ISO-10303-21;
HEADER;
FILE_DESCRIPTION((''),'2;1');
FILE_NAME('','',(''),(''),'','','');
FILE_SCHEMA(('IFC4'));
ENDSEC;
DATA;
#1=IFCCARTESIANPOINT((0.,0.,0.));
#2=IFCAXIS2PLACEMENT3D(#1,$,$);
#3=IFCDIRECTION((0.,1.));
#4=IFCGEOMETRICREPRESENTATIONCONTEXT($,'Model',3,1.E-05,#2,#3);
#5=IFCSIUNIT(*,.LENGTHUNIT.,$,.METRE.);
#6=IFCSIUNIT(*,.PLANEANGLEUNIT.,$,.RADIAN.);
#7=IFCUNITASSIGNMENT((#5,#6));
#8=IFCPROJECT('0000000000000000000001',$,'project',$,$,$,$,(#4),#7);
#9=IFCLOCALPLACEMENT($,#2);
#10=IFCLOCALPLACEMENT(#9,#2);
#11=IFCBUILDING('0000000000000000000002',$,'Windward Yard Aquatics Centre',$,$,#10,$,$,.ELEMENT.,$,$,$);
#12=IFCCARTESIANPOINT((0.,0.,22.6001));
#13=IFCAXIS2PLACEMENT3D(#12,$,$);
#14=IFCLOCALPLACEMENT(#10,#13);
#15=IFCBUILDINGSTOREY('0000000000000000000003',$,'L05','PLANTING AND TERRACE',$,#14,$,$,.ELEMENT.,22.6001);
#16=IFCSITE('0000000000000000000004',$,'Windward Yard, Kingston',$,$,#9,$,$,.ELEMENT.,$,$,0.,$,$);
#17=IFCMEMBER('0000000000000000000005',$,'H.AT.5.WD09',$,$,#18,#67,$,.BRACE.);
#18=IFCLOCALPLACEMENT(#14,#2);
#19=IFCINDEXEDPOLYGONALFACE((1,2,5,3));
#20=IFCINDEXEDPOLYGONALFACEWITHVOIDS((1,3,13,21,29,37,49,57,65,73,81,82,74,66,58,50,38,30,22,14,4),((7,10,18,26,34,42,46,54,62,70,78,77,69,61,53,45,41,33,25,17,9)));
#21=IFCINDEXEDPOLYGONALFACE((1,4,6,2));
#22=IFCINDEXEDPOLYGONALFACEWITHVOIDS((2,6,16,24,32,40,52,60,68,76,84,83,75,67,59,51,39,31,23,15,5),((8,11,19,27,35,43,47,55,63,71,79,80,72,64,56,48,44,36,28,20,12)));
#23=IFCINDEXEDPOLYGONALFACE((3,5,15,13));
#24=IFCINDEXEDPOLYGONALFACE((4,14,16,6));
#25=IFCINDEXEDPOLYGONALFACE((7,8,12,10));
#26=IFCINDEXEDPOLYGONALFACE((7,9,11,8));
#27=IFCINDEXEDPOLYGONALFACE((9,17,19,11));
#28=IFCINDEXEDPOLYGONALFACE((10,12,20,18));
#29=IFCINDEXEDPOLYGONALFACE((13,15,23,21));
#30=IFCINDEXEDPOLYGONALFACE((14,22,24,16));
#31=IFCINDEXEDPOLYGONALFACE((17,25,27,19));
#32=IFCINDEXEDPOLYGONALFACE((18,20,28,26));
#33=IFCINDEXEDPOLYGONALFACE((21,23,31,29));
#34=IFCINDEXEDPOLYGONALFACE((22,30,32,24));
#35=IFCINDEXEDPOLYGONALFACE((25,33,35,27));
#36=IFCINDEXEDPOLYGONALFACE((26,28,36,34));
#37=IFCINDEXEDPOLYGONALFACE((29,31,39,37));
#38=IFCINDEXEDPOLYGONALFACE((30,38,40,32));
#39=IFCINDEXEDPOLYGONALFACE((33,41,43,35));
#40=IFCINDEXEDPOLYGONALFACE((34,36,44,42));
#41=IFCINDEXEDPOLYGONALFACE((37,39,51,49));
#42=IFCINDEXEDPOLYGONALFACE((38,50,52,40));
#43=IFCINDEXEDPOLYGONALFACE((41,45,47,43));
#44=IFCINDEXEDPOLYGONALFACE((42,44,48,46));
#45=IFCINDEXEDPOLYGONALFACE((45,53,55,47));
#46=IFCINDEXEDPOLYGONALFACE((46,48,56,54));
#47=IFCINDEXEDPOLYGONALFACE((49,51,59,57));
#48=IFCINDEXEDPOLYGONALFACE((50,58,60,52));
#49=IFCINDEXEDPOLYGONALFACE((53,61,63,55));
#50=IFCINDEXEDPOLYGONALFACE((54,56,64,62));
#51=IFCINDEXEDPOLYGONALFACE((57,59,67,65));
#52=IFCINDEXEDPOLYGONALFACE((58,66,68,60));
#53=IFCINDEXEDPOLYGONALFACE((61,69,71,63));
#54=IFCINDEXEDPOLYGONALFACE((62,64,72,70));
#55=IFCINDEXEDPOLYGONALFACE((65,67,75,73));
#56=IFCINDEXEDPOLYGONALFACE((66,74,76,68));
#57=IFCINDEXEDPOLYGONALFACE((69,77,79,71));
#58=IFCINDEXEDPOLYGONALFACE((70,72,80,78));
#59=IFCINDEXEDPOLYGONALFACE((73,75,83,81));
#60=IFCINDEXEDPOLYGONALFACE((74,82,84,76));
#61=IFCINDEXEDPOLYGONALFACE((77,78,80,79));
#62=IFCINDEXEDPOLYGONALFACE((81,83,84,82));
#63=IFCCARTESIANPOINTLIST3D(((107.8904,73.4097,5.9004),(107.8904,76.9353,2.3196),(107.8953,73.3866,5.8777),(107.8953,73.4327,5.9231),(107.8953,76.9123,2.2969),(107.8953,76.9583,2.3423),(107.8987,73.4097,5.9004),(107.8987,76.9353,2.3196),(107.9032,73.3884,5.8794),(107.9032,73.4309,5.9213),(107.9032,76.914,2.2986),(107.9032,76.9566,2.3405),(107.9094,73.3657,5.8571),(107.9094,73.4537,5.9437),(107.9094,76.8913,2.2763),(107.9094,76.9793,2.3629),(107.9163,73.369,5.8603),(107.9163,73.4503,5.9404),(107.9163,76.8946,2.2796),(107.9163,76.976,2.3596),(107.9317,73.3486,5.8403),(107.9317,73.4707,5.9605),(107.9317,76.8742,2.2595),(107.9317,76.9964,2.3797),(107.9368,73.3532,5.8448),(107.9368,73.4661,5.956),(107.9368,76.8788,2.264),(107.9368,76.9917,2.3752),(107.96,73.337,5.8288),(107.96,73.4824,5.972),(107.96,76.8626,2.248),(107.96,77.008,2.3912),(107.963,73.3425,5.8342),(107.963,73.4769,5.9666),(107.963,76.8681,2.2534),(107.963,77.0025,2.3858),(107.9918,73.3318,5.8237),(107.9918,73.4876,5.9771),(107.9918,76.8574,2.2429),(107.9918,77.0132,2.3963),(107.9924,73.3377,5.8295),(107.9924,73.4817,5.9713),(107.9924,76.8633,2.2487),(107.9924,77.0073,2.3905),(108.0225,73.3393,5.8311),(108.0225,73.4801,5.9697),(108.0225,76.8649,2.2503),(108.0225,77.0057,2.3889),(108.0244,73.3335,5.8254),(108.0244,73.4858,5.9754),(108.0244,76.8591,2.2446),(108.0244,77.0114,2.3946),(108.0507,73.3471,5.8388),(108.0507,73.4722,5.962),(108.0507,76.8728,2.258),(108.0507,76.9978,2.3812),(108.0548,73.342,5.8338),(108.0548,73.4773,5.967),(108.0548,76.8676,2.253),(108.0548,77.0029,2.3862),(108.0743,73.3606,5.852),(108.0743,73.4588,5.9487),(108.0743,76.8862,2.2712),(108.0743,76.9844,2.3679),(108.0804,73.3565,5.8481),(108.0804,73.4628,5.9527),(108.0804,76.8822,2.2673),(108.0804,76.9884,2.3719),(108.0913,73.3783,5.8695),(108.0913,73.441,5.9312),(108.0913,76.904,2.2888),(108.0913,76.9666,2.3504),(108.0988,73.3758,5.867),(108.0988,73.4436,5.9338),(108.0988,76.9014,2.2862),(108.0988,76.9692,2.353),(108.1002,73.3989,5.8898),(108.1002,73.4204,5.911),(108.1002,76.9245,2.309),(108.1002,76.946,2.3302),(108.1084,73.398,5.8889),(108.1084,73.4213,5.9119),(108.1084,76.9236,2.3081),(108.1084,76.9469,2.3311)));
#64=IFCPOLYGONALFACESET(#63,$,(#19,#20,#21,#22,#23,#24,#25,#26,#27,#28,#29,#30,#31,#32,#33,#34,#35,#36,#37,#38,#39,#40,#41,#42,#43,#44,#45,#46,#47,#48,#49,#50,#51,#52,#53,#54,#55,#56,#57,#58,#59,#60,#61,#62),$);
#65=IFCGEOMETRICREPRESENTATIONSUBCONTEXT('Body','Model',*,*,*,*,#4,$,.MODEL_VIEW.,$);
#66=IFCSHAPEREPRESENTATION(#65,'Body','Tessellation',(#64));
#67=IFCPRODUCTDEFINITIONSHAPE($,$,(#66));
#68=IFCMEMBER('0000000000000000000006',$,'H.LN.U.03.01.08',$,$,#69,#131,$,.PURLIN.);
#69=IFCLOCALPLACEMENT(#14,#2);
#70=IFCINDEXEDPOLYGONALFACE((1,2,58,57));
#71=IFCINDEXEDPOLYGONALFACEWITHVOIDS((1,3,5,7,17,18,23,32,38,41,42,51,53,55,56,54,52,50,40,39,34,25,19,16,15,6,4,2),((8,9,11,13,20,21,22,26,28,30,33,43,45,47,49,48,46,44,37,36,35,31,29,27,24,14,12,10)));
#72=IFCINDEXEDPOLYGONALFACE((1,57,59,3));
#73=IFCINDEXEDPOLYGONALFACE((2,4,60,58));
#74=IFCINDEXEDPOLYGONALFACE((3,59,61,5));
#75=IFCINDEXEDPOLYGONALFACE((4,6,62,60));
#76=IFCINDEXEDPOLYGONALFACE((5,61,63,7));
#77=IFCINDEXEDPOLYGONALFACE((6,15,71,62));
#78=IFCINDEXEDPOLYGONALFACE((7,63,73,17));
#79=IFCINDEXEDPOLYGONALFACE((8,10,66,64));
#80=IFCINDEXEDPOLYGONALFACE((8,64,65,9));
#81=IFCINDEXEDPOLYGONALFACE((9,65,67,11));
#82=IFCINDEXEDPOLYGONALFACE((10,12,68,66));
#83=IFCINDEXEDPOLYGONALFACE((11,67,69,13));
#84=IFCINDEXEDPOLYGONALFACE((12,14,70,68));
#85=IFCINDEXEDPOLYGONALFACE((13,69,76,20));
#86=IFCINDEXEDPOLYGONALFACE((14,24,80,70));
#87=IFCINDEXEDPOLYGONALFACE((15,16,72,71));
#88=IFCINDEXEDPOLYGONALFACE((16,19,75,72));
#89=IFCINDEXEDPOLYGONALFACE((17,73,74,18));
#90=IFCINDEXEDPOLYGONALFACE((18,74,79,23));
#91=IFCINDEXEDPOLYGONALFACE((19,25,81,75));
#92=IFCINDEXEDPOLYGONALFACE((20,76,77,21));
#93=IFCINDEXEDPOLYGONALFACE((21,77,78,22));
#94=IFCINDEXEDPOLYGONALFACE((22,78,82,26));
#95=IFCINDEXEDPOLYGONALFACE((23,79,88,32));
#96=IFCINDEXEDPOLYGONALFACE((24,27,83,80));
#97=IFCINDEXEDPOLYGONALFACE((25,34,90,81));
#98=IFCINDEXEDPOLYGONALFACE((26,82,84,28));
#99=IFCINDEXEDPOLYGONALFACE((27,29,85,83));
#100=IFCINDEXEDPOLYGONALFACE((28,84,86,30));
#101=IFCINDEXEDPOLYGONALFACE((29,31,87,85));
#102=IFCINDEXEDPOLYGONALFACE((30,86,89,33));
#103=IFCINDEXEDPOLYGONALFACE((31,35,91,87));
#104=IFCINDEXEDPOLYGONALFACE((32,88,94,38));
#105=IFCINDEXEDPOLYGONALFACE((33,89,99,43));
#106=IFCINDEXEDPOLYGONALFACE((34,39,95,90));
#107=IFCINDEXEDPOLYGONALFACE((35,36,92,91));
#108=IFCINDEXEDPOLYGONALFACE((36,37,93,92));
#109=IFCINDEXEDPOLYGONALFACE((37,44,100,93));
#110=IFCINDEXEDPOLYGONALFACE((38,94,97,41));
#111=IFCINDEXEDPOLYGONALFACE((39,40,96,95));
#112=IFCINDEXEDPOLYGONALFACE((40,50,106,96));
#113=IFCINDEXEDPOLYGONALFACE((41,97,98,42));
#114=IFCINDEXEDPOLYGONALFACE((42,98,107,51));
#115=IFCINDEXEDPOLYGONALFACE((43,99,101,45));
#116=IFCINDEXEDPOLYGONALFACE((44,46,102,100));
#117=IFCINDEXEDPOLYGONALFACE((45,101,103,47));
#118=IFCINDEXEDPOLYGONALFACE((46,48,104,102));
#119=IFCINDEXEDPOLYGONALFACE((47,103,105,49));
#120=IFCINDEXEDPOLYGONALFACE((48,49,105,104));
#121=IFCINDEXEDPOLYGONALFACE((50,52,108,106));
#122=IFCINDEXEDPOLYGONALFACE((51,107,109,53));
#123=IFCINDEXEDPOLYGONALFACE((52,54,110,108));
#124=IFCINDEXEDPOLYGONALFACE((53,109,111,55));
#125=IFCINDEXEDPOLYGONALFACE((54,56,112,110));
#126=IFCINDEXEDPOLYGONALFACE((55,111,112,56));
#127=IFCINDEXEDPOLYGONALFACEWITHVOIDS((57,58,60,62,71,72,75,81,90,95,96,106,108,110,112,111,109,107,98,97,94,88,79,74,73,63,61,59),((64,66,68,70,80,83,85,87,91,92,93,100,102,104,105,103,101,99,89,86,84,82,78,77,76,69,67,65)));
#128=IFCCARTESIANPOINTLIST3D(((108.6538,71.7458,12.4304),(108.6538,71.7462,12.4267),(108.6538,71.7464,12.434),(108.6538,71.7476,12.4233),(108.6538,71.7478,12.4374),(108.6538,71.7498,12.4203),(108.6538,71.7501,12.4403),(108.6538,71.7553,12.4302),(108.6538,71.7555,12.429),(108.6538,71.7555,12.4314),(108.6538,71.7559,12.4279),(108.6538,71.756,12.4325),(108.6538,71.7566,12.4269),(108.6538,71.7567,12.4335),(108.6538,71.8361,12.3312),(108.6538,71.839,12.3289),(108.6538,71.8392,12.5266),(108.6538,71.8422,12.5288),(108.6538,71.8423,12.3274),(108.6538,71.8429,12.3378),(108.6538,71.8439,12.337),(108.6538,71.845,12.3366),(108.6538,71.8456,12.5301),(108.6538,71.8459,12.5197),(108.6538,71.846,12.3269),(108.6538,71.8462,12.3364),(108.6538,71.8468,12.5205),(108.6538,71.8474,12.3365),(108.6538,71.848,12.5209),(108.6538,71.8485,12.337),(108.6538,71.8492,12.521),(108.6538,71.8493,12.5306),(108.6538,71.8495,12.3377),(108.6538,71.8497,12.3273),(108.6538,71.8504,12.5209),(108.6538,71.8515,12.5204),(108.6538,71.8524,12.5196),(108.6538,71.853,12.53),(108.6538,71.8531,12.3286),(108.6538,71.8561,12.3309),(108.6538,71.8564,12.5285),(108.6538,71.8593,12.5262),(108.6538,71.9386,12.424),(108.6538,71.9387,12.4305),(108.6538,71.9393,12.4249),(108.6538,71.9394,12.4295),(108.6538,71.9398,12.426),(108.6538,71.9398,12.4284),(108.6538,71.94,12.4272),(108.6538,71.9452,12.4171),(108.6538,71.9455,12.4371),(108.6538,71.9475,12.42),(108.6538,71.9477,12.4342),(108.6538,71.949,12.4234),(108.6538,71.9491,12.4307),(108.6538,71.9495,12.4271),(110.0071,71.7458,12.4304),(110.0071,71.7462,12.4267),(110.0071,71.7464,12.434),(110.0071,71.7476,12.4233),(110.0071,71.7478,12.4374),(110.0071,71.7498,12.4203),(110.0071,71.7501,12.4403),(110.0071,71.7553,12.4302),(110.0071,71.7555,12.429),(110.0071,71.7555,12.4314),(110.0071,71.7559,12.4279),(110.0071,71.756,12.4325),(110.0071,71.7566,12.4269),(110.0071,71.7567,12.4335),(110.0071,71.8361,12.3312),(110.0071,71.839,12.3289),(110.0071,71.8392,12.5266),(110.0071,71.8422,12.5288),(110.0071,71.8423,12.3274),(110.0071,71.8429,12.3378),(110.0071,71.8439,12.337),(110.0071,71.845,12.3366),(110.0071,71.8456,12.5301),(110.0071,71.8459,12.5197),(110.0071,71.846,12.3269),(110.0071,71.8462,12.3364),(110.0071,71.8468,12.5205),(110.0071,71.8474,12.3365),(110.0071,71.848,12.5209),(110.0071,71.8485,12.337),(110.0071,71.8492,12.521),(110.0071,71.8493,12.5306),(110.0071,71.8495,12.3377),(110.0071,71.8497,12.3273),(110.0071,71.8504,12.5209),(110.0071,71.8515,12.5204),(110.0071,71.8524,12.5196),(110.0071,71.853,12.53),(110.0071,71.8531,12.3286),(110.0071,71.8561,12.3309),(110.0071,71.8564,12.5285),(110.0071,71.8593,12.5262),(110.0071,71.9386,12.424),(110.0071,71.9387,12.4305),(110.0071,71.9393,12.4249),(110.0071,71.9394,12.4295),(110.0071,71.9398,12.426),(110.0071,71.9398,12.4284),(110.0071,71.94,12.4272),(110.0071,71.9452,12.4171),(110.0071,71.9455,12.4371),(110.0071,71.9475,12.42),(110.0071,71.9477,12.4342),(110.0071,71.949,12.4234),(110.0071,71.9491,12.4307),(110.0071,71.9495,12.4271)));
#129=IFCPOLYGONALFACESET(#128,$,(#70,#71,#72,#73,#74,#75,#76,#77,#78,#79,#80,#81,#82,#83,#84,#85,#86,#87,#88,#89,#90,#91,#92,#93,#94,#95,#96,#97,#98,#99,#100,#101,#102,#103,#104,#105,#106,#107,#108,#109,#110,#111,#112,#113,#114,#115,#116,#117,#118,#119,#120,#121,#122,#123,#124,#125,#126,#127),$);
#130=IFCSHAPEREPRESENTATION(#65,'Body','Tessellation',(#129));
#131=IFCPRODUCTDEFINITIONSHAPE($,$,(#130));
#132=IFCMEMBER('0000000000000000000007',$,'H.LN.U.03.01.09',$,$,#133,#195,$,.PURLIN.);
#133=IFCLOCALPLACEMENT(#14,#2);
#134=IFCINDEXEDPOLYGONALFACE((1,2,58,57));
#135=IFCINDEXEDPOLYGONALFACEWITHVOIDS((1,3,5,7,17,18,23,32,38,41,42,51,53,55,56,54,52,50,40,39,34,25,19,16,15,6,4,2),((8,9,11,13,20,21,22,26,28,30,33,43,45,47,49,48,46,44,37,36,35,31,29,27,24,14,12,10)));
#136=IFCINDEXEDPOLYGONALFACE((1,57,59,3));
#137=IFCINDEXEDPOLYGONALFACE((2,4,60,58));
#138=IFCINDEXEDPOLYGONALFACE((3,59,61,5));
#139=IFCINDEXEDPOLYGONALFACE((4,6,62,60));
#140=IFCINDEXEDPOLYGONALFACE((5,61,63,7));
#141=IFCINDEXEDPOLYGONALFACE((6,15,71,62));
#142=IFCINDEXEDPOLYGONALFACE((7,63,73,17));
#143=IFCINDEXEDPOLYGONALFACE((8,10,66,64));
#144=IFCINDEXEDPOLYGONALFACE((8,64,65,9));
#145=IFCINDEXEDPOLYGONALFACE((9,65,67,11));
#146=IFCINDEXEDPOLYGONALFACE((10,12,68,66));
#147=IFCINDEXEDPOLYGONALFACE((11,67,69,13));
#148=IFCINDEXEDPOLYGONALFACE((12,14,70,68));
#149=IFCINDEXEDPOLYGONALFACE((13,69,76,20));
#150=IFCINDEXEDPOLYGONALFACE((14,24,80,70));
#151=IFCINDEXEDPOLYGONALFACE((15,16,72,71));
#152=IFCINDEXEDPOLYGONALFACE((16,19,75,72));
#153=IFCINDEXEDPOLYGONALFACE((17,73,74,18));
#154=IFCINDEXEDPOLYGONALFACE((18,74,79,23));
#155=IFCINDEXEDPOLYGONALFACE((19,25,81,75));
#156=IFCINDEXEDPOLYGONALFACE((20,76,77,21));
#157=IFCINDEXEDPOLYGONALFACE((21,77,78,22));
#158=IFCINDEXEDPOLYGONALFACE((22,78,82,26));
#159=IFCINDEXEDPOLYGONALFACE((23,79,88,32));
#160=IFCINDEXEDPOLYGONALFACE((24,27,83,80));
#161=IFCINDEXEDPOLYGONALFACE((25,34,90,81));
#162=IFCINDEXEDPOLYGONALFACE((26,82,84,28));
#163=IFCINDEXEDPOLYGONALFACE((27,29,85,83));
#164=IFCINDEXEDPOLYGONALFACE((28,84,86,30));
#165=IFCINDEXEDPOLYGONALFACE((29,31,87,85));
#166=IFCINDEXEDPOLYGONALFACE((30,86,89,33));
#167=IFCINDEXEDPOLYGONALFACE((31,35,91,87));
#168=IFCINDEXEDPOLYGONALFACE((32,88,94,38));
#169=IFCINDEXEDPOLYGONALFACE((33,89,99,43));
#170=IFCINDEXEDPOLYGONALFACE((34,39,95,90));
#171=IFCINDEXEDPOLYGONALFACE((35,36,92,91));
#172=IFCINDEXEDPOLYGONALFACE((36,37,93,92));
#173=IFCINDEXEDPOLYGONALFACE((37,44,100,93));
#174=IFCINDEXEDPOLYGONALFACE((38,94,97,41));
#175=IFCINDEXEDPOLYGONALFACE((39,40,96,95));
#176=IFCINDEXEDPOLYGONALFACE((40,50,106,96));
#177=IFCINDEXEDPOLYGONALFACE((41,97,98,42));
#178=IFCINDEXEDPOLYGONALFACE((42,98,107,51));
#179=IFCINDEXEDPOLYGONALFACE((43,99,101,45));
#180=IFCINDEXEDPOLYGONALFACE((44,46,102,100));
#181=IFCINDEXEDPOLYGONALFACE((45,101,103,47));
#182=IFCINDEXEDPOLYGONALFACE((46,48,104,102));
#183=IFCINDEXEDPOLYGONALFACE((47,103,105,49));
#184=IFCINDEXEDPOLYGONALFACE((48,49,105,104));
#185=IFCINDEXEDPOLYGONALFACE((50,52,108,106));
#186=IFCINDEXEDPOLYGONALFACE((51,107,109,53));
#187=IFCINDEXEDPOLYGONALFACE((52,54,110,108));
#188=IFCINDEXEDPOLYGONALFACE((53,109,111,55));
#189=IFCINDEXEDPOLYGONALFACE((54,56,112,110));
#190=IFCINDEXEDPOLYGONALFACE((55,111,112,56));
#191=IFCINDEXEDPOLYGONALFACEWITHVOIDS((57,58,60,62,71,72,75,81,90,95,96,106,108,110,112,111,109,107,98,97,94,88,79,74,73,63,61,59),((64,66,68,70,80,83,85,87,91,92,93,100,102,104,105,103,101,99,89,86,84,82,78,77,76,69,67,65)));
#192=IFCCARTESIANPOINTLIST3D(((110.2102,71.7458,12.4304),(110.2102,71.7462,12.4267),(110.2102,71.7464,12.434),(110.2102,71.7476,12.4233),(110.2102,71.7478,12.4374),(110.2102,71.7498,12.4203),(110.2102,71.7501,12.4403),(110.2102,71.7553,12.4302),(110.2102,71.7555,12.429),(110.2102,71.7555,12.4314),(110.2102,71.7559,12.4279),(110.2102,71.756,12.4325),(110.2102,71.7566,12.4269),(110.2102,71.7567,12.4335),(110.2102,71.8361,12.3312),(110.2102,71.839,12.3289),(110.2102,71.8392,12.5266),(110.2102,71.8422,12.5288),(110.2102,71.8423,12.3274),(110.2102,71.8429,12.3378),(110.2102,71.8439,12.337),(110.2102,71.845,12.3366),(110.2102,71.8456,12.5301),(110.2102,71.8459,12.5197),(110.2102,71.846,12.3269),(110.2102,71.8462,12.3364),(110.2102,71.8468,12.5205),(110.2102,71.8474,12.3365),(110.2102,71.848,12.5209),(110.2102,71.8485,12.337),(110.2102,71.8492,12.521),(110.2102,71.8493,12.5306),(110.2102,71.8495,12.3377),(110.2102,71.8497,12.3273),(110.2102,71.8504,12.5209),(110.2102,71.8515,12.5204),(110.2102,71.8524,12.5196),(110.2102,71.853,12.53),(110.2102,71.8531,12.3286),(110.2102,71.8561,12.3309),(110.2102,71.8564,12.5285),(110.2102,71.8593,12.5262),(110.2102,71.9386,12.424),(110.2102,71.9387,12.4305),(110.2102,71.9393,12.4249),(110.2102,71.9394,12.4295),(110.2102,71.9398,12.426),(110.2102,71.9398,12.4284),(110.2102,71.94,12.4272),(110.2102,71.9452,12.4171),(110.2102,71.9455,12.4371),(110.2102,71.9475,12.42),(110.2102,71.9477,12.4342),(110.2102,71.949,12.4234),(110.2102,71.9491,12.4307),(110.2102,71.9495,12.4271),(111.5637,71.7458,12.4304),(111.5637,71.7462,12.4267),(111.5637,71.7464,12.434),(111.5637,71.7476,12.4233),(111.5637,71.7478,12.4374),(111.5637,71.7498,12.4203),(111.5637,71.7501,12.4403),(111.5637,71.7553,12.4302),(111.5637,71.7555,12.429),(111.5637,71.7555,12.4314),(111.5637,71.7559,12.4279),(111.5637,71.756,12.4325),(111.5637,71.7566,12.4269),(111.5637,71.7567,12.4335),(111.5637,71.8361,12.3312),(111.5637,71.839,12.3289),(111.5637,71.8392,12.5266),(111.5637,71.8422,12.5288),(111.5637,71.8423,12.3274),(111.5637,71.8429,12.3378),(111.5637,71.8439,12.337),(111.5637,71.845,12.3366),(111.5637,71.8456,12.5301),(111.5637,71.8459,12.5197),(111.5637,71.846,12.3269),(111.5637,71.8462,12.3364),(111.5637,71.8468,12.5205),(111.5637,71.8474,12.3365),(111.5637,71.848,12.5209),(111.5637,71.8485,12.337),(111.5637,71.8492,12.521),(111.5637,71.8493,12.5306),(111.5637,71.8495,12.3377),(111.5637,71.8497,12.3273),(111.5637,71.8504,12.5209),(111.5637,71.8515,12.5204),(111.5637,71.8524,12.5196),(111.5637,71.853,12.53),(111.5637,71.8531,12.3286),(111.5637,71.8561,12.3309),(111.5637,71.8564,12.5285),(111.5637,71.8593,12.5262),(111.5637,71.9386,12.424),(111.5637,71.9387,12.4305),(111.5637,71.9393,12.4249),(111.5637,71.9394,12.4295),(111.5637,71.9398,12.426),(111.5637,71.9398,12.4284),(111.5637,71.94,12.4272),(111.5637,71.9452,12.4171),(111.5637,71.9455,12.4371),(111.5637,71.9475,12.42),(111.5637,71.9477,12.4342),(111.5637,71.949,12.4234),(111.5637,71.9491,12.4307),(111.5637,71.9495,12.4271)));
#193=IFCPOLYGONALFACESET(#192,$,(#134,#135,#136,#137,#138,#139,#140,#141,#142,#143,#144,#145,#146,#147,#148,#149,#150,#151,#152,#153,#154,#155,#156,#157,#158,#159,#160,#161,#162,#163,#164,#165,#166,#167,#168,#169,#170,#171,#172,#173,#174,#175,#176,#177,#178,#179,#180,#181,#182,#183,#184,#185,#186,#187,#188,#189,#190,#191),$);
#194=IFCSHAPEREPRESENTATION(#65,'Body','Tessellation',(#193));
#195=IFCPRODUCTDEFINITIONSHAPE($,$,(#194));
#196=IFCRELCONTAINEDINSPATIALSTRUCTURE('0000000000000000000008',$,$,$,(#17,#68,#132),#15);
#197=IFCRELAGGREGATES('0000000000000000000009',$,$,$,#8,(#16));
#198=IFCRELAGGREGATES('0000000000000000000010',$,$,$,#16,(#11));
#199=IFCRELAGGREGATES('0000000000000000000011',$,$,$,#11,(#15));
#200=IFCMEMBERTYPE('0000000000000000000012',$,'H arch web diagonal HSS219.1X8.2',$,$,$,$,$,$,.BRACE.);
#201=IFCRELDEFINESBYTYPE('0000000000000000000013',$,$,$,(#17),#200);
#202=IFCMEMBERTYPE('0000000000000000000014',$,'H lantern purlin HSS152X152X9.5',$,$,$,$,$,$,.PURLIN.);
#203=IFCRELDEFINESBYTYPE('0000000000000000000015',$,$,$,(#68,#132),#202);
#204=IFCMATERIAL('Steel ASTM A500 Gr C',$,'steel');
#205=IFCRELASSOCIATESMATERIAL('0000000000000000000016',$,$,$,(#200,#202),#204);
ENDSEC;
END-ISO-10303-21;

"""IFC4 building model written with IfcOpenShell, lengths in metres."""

from ifc_helpers import new_model, si_unit, direction, frame, origin, origin_2d, place, context, subcontext, project, spatial, hollow_rectangle, hollow_circle, extrude, material, material_profile, profile_set, type_object, element, save


model = new_model("IFC4")

# Units and contexts
model_context = context("Model", 3, precision=1e-05, world=origin(), true_north=direction((0.0, 1.0)))
body_context = subcontext(model_context, "Body", "Model", "MODEL_VIEW")
ifc_project = project(units=[si_unit("LENGTHUNIT", "METRE"), si_unit("PLANEANGLEUNIT", "RADIAN")], contexts=[model_context])

# Site, building, storey
site_placement = place(None, origin())
site = spatial("IfcSite", under=ifc_project, at=site_placement, Name="Windward Yard, Kingston", CompositionType="ELEMENT", RefElevation=0.0)
building_placement = place(site_placement, origin())
building = spatial("IfcBuilding", under=site, at=building_placement, Name="Windward Yard Aquatics Centre", CompositionType="ELEMENT")
storey_placement = place(building_placement, frame((0.0, 0.0, 22.6001)))
storey = spatial("IfcBuildingStorey", under=building, at=storey_placement, Name="L05", Description="PLANTING AND TERRACE", CompositionType="ELEMENT", Elevation=22.6001)

# Members
ifc_material_1 = material(Name="Steel ASTM A500 Gr C", Category="steel")
ifc_material_profile_1 = material_profile(ifc_material_1, hollow_circle(Radius=0.1096, WallThickness=0.0083, at=origin_2d()), Name="HSS219.1X8.2")
ifc_profile_set_1 = profile_set([ifc_material_profile_1], Name="Steel ASTM A500 Gr C")
member_type_1 = type_object("IfcMemberType", Name="H arch web diagonal HSS219.1X8.2", PredefinedType="BRACE", material=ifc_profile_set_1)
member_1_placement = place(storey_placement, frame((108.0, 73.4097, 5.9004), z_axis=(0.0, 0.701596, -0.712575), x_axis=(-1.0, 0.0, 0.0)))
element("IfcMember", 1, at=member_1_placement, inside=storey, type_object=member_type_1, Name="H.AT.5.WD09", PredefinedType="BRACE", context=body_context, shape_type="SweptSolid", body=[
    extrude(hollow_circle(Radius=0.1096, WallThickness=0.0083, at=origin_2d()), origin(), (0.0, 0.0, 1.0), 5.0251),
])
ifc_material_profile_2 = material_profile(ifc_material_1, hollow_rectangle(XDim=0.1523, YDim=0.1523, WallThickness=0.0095, InnerFilletRadius=0.0046, OuterFilletRadius=0.0142, at=origin_2d()), Name="HSS152X152X9.5")
ifc_profile_set_2 = profile_set([ifc_material_profile_2], Name="Steel ASTM A500 Gr C")
member_type_2 = type_object("IfcMemberType", Name="H lantern purlin HSS152X152X9.5", PredefinedType="PURLIN", material=ifc_profile_set_2)
member_2_placement = place(storey_placement, frame((108.6538, 71.8477, 12.4287), z_axis=(1.0, 0.0, 0.0), x_axis=(0.0, 0.69555, -0.718477)))
element("IfcMember", 2, at=member_2_placement, inside=storey, type_object=member_type_2, Name="H.LN.U.03.01.08", PredefinedType="PURLIN", context=body_context, shape_type="SweptSolid", body=[
    extrude(hollow_rectangle(XDim=0.1523, YDim=0.1523, WallThickness=0.0095, InnerFilletRadius=0.0046, OuterFilletRadius=0.0142, at=origin_2d()), origin(), (0.0, 0.0, 1.0), 1.3533),
])
member_3_placement = place(storey_placement, frame((110.2102, 71.8477, 12.4287), z_axis=(1.0, 0.0, 0.0), x_axis=(0.0, 0.69555, -0.718477)))
element("IfcMember", 3, at=member_3_placement, inside=storey, type_object=member_type_2, Name="H.LN.U.03.01.09", PredefinedType="PURLIN", context=body_context, shape_type="SweptSolid", body=[
    extrude(hollow_rectangle(XDim=0.1523, YDim=0.1523, WallThickness=0.0095, InnerFilletRadius=0.0046, OuterFilletRadius=0.0142, at=origin_2d()), origin(), (0.0, 0.0, 1.0), 1.3535),
])

save(model, "model.ifc")
